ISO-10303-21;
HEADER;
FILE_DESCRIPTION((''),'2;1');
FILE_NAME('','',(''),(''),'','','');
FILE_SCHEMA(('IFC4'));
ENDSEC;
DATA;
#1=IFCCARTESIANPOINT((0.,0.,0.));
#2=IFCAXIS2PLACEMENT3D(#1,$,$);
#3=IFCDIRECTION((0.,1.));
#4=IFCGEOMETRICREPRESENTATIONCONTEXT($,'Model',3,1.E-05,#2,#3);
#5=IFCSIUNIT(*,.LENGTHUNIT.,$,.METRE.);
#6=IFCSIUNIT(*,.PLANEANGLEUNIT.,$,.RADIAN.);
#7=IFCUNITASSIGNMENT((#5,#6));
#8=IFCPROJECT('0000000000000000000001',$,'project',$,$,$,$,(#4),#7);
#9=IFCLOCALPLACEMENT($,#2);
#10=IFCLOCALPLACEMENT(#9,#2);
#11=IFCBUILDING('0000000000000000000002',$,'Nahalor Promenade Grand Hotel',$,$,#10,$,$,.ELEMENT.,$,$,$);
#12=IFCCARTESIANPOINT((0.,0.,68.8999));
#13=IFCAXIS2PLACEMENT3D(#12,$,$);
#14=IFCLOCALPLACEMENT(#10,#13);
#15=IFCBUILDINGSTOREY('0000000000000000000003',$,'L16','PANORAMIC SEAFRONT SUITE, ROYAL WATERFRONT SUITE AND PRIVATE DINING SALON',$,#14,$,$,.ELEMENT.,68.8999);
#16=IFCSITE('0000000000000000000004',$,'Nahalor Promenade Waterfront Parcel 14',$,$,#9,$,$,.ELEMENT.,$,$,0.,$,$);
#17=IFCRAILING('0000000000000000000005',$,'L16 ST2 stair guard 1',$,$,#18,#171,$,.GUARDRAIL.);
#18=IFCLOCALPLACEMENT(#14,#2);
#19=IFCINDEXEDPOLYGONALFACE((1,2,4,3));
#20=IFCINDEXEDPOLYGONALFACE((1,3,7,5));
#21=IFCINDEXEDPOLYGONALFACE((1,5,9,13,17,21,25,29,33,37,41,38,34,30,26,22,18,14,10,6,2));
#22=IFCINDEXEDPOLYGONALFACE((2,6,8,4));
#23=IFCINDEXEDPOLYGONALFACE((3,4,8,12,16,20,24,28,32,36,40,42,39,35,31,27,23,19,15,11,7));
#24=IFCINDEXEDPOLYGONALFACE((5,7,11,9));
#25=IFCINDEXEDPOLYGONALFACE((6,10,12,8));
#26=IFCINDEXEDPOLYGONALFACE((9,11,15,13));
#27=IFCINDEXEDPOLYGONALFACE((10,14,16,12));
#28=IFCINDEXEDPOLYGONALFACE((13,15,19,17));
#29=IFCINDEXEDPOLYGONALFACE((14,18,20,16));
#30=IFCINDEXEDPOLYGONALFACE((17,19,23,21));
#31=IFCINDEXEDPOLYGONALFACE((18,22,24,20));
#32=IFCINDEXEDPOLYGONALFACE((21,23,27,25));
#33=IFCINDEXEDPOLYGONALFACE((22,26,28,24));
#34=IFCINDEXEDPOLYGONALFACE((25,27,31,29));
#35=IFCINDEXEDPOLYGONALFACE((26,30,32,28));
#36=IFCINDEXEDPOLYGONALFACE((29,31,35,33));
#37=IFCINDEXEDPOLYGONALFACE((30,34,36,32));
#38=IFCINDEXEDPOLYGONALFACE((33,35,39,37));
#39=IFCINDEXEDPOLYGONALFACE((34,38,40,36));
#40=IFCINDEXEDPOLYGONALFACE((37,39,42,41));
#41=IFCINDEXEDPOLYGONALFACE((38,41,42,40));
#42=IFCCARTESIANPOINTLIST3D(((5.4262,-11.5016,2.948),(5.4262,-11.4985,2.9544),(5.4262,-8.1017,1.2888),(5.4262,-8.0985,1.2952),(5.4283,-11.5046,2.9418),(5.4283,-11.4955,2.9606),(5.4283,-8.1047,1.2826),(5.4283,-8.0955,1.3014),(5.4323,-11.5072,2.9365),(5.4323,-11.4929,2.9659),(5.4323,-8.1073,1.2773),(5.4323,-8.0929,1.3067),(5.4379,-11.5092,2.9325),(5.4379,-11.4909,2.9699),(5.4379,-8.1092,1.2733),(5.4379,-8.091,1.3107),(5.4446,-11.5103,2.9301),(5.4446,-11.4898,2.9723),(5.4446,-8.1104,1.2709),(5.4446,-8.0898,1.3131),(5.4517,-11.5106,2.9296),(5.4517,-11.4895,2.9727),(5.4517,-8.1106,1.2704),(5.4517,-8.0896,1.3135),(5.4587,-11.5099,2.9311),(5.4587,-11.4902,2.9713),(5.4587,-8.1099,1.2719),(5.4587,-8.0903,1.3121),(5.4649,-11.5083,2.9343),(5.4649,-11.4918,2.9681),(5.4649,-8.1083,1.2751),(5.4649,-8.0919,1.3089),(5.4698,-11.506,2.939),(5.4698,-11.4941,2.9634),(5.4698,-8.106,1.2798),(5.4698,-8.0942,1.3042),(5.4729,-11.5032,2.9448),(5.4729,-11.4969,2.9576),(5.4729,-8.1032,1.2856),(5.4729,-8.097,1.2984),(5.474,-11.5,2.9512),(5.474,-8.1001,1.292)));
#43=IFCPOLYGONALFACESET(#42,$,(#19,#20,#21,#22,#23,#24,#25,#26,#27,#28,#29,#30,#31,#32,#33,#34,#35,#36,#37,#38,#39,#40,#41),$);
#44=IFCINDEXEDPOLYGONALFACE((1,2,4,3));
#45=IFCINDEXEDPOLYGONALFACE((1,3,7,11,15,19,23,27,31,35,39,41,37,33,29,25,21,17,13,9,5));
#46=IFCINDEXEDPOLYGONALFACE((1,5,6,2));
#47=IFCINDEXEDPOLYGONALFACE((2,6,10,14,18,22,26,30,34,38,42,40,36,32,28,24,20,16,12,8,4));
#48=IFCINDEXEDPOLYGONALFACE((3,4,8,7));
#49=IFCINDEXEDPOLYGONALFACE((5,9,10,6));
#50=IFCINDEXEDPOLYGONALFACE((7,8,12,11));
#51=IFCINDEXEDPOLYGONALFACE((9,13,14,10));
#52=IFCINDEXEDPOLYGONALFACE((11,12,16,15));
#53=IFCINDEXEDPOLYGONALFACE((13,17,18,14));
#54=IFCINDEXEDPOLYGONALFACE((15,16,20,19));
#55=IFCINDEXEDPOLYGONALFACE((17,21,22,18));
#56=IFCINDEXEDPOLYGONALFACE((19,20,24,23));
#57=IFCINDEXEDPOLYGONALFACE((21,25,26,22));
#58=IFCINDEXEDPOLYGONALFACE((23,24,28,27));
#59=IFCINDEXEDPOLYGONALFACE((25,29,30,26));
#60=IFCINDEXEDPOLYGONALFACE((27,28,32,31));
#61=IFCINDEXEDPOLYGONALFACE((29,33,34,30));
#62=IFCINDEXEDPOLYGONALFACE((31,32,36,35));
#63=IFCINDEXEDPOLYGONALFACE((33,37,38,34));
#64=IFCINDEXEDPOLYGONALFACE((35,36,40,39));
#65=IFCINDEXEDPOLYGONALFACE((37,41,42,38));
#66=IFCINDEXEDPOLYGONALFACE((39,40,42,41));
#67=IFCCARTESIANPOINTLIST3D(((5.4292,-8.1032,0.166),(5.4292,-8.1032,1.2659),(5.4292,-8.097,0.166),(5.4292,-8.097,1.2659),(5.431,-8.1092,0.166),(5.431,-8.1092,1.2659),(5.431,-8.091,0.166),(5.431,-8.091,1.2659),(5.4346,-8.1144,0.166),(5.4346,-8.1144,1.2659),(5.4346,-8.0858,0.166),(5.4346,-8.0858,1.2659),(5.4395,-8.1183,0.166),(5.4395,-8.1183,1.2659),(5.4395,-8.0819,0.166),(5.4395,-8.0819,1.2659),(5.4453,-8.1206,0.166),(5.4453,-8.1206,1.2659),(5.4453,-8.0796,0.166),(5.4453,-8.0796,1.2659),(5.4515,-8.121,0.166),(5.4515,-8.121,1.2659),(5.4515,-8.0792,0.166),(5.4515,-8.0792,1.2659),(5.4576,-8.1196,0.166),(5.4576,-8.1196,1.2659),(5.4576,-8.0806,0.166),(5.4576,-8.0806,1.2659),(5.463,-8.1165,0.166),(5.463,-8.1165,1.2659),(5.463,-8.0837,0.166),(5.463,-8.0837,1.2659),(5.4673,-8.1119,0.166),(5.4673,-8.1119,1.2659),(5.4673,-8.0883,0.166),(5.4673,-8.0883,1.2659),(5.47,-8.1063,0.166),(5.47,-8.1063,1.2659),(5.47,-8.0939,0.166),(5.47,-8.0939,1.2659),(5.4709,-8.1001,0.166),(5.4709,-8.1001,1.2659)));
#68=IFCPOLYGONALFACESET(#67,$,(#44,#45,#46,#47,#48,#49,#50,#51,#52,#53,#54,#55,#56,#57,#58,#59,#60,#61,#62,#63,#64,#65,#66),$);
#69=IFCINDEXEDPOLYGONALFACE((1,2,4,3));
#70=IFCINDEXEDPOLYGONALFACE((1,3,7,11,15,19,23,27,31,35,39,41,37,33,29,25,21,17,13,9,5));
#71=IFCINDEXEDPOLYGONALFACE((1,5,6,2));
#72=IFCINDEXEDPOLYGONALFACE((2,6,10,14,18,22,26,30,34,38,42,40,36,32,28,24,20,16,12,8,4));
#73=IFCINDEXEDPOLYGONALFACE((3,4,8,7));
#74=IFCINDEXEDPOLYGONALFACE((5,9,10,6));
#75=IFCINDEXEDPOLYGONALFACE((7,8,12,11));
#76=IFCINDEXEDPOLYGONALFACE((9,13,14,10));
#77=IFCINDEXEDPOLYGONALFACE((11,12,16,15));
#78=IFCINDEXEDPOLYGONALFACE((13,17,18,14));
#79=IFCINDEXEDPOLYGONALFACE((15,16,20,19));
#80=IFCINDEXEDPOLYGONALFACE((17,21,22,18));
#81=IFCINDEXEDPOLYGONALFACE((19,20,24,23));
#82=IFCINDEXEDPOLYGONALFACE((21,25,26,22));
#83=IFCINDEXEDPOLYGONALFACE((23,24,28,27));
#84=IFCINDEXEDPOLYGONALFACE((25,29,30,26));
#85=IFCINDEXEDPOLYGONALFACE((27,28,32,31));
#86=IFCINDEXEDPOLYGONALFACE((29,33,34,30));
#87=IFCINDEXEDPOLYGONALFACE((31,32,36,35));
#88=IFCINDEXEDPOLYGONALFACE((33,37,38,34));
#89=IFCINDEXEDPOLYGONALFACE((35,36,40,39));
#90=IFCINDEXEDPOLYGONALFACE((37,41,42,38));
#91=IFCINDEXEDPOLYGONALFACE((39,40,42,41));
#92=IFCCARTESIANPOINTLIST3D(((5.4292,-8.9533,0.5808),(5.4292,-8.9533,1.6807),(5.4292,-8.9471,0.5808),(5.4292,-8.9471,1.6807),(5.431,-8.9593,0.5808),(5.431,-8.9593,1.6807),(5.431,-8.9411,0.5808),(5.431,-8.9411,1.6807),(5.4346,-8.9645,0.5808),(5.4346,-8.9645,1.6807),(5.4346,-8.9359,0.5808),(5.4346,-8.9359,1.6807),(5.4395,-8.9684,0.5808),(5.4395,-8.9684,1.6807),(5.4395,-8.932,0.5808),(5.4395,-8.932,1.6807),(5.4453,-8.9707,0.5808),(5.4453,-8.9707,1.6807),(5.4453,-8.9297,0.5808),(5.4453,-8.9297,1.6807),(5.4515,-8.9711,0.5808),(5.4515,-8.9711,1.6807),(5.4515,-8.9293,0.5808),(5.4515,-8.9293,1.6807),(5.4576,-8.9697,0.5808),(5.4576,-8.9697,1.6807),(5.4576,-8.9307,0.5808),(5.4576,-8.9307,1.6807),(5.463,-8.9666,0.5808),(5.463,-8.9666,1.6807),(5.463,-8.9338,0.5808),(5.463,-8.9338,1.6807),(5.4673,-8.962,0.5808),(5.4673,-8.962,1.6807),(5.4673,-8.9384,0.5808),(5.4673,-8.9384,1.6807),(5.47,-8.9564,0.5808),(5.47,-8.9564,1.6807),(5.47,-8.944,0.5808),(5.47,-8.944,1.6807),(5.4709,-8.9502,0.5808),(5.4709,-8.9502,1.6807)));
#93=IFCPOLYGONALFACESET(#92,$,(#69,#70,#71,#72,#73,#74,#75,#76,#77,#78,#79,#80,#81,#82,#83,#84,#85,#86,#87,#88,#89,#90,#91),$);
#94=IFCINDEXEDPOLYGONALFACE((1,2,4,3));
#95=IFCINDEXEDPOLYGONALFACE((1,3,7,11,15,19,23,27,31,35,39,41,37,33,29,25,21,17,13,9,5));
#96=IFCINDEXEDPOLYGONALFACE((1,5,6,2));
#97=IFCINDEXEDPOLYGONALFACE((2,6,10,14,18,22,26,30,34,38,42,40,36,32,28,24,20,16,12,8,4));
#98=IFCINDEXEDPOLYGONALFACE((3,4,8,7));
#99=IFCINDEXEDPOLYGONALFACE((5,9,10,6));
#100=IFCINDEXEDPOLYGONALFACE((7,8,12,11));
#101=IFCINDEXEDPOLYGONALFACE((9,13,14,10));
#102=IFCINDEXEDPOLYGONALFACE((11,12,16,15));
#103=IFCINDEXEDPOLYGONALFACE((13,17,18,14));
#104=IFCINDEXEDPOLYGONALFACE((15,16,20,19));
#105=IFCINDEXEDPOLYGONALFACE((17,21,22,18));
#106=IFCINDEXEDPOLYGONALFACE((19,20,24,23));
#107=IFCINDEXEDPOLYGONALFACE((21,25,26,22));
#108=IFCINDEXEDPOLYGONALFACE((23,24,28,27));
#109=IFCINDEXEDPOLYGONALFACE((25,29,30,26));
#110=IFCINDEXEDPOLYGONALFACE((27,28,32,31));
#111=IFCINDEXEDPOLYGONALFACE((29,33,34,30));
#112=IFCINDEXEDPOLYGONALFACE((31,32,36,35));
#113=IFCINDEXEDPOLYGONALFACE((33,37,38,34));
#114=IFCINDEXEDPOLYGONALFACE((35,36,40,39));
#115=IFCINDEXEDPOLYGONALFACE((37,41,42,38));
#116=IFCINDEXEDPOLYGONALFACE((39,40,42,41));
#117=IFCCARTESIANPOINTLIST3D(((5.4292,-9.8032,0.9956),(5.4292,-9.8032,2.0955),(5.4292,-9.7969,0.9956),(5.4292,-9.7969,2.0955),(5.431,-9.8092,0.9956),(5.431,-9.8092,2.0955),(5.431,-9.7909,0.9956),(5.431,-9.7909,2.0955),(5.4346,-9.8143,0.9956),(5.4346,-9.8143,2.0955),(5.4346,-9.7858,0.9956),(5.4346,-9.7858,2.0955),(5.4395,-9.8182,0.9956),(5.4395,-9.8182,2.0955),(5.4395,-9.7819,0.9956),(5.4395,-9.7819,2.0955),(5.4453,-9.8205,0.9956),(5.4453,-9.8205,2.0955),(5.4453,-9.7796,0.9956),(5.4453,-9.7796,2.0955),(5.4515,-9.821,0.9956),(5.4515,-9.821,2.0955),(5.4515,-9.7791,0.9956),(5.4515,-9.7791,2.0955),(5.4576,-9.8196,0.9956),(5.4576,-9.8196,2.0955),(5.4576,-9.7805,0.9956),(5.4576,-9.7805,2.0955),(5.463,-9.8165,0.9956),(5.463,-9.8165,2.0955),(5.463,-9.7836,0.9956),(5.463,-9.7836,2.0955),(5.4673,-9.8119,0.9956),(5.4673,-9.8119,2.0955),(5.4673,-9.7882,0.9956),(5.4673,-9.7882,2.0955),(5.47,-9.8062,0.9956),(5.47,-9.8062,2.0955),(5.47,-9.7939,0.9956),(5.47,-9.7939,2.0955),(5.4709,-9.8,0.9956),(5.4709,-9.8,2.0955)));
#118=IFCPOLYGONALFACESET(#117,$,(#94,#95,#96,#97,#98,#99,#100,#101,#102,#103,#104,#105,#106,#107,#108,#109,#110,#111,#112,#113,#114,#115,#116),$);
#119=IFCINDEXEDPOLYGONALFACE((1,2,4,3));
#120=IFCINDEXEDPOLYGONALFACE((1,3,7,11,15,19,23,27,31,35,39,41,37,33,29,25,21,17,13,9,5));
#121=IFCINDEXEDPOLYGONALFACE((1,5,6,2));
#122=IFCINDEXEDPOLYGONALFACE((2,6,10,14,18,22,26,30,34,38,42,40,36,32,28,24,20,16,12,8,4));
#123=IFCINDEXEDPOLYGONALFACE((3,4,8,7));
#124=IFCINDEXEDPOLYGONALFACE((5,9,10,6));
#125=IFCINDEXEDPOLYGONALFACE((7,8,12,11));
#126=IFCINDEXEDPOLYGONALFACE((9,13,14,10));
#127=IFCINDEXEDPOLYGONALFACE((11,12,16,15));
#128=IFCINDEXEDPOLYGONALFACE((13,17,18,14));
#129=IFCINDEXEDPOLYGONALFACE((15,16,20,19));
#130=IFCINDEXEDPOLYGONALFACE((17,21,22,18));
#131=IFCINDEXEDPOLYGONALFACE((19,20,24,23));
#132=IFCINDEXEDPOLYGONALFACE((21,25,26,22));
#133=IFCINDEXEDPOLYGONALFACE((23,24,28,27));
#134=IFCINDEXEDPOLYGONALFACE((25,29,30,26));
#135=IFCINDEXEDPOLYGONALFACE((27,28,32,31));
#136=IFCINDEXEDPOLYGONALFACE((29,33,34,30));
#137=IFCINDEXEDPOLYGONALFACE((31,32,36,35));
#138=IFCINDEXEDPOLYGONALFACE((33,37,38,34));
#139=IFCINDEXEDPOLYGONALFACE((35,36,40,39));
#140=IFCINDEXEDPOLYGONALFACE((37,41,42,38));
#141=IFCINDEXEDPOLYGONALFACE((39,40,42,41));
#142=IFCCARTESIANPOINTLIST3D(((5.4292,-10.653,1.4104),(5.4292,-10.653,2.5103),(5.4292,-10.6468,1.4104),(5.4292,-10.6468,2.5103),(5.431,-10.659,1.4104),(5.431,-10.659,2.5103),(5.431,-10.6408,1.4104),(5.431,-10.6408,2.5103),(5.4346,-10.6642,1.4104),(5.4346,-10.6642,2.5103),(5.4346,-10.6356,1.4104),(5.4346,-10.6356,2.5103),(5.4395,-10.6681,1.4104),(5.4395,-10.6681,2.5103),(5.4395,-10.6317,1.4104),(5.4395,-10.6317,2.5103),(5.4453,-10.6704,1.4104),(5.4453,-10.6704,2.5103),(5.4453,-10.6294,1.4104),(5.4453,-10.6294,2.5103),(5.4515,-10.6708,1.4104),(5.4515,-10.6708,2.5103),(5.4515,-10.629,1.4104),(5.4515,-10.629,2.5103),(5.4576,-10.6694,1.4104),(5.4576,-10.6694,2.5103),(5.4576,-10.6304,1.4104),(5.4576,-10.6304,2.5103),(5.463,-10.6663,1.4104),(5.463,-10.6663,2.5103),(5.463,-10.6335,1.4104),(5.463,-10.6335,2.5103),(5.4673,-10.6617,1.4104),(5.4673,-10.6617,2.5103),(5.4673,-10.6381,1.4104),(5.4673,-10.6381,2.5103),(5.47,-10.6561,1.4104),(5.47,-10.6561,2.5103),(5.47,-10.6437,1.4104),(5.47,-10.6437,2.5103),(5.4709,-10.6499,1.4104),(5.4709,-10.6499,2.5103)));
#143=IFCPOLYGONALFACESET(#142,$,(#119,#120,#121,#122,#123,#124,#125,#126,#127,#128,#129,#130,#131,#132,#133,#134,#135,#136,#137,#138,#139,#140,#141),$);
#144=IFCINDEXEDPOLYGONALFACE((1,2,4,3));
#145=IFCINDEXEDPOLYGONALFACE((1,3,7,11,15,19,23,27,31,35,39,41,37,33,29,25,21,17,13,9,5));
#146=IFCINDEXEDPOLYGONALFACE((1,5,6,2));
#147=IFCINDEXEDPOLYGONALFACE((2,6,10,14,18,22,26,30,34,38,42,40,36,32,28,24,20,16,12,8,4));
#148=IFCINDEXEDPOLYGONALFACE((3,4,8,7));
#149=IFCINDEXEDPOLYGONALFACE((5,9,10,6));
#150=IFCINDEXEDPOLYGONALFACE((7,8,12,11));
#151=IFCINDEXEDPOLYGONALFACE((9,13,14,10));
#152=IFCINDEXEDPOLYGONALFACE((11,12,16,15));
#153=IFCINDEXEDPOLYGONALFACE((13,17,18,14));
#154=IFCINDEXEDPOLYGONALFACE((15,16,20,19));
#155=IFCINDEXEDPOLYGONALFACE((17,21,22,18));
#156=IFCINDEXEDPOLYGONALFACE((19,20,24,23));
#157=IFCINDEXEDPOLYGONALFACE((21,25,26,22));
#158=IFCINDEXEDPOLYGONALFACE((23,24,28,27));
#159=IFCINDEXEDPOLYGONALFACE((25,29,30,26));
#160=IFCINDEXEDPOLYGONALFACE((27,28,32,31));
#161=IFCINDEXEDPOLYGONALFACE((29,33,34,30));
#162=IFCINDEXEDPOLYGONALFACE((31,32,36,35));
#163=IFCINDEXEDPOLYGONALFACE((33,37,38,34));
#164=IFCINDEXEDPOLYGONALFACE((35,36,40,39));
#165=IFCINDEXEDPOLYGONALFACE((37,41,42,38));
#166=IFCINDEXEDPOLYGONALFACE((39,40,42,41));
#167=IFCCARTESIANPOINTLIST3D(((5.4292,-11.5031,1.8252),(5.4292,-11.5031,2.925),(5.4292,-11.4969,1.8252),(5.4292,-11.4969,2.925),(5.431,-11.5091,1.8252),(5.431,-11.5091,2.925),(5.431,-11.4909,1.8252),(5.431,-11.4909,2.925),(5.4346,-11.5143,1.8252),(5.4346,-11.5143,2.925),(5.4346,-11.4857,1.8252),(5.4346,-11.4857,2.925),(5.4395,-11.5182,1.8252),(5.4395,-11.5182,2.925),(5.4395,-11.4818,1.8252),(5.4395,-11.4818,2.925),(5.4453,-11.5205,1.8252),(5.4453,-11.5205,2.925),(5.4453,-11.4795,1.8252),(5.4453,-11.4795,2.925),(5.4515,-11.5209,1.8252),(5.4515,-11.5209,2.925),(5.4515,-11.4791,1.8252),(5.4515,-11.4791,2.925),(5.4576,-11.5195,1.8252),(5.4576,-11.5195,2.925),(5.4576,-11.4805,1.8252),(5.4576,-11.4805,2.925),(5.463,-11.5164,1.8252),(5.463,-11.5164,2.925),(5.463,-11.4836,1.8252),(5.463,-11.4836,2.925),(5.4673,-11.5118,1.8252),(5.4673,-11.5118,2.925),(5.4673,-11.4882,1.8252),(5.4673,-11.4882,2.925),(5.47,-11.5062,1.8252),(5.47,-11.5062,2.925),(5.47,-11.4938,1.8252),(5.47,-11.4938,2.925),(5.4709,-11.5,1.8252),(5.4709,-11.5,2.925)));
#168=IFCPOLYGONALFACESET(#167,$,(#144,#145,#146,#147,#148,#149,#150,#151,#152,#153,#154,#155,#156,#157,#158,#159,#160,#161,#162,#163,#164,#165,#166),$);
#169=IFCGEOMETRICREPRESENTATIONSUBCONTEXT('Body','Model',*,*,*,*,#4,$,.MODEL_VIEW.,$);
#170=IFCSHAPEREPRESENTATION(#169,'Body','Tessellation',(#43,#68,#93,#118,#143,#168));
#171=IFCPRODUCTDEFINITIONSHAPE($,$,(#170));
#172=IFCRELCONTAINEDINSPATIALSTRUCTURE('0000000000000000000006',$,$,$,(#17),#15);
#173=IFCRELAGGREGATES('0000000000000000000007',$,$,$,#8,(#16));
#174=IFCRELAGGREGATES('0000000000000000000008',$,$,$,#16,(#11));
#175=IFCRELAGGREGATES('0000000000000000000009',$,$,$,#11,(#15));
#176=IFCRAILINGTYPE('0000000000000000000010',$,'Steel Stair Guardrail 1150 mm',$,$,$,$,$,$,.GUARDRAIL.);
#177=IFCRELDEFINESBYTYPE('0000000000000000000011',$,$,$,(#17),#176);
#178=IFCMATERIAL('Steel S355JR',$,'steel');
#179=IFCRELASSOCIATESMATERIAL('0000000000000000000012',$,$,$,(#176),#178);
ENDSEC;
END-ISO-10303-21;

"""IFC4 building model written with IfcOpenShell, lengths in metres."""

from ifc_helpers import new_model, si_unit, direction, frame, origin, origin_2d, place, context, subcontext, project, spatial, circle, extrude, material, type_object, element, save


model = new_model("IFC4")

# Units and contexts
model_context = context("Model", 3, precision=1e-05, world=origin(), true_north=direction((0.0, 1.0)))
body_context = subcontext(model_context, "Body", "Model", "MODEL_VIEW")
ifc_project = project(units=[si_unit("LENGTHUNIT", "METRE"), si_unit("PLANEANGLEUNIT", "RADIAN")], contexts=[model_context])

# Site, building, storey
site_placement = place(None, origin())
site = spatial("IfcSite", under=ifc_project, at=site_placement, Name="Nahalor Promenade Waterfront Parcel 14", CompositionType="ELEMENT", RefElevation=0.0)
building_placement = place(site_placement, origin())
building = spatial("IfcBuilding", under=site, at=building_placement, Name="Nahalor Promenade Grand Hotel", CompositionType="ELEMENT")
storey_placement = place(building_placement, frame((0.0, 0.0, 68.8999)))
storey = spatial("IfcBuildingStorey", under=building, at=storey_placement, Name="L16", Description="PANORAMIC SEAFRONT SUITE, ROYAL WATERFRONT SUITE AND PRIVATE DINING SALON", CompositionType="ELEMENT", Elevation=68.8999)

# Shared definitions
ifc_material_1 = material(Name="Steel S355JR", Category="steel")

# Railing
railing_type_1 = type_object("IfcRailingType", Name="Steel Stair Guardrail 1150 mm", PredefinedType="GUARDRAIL", material=ifc_material_1)
railing_1_placement = place(storey_placement, frame((5.45, -8.1001, 0.166)))
element("IfcRailing", 1, at=railing_1_placement, inside=storey, type_object=railing_type_1, Name="L16 ST2 stair guard 1", PredefinedType="GUARDRAIL", context=body_context, shape_type="SweptSolid", body=[
    extrude(circle(Radius=0.024, at=origin_2d()), frame((0.0, 0.0, 1.126), z_axis=(0.0, -0.898696, 0.438571), x_axis=(1.0, 0.0, 0.0)), (0.0, 0.0, 1.0), 3.7832),
    extrude(circle(Radius=0.021, at=origin_2d()), origin(), (0.0, 0.0, 1.0), 1.0999),
    extrude(circle(Radius=0.021, at=origin_2d()), frame((0.0, -0.8501, 0.4148)), (0.0, 0.0, 1.0), 1.0999),
    extrude(circle(Radius=0.021, at=origin_2d()), frame((0.0, -1.7, 0.8296)), (0.0, 0.0, 1.0), 1.0999),
    extrude(circle(Radius=0.021, at=origin_2d()), frame((0.0, -2.5498, 1.2444)), (0.0, 0.0, 1.0), 1.0999),
    extrude(circle(Radius=0.021, at=origin_2d()), frame((0.0, -3.3999, 1.6592)), (0.0, 0.0, 1.0), 1.0999),
])

save(model, "model.ifc")
